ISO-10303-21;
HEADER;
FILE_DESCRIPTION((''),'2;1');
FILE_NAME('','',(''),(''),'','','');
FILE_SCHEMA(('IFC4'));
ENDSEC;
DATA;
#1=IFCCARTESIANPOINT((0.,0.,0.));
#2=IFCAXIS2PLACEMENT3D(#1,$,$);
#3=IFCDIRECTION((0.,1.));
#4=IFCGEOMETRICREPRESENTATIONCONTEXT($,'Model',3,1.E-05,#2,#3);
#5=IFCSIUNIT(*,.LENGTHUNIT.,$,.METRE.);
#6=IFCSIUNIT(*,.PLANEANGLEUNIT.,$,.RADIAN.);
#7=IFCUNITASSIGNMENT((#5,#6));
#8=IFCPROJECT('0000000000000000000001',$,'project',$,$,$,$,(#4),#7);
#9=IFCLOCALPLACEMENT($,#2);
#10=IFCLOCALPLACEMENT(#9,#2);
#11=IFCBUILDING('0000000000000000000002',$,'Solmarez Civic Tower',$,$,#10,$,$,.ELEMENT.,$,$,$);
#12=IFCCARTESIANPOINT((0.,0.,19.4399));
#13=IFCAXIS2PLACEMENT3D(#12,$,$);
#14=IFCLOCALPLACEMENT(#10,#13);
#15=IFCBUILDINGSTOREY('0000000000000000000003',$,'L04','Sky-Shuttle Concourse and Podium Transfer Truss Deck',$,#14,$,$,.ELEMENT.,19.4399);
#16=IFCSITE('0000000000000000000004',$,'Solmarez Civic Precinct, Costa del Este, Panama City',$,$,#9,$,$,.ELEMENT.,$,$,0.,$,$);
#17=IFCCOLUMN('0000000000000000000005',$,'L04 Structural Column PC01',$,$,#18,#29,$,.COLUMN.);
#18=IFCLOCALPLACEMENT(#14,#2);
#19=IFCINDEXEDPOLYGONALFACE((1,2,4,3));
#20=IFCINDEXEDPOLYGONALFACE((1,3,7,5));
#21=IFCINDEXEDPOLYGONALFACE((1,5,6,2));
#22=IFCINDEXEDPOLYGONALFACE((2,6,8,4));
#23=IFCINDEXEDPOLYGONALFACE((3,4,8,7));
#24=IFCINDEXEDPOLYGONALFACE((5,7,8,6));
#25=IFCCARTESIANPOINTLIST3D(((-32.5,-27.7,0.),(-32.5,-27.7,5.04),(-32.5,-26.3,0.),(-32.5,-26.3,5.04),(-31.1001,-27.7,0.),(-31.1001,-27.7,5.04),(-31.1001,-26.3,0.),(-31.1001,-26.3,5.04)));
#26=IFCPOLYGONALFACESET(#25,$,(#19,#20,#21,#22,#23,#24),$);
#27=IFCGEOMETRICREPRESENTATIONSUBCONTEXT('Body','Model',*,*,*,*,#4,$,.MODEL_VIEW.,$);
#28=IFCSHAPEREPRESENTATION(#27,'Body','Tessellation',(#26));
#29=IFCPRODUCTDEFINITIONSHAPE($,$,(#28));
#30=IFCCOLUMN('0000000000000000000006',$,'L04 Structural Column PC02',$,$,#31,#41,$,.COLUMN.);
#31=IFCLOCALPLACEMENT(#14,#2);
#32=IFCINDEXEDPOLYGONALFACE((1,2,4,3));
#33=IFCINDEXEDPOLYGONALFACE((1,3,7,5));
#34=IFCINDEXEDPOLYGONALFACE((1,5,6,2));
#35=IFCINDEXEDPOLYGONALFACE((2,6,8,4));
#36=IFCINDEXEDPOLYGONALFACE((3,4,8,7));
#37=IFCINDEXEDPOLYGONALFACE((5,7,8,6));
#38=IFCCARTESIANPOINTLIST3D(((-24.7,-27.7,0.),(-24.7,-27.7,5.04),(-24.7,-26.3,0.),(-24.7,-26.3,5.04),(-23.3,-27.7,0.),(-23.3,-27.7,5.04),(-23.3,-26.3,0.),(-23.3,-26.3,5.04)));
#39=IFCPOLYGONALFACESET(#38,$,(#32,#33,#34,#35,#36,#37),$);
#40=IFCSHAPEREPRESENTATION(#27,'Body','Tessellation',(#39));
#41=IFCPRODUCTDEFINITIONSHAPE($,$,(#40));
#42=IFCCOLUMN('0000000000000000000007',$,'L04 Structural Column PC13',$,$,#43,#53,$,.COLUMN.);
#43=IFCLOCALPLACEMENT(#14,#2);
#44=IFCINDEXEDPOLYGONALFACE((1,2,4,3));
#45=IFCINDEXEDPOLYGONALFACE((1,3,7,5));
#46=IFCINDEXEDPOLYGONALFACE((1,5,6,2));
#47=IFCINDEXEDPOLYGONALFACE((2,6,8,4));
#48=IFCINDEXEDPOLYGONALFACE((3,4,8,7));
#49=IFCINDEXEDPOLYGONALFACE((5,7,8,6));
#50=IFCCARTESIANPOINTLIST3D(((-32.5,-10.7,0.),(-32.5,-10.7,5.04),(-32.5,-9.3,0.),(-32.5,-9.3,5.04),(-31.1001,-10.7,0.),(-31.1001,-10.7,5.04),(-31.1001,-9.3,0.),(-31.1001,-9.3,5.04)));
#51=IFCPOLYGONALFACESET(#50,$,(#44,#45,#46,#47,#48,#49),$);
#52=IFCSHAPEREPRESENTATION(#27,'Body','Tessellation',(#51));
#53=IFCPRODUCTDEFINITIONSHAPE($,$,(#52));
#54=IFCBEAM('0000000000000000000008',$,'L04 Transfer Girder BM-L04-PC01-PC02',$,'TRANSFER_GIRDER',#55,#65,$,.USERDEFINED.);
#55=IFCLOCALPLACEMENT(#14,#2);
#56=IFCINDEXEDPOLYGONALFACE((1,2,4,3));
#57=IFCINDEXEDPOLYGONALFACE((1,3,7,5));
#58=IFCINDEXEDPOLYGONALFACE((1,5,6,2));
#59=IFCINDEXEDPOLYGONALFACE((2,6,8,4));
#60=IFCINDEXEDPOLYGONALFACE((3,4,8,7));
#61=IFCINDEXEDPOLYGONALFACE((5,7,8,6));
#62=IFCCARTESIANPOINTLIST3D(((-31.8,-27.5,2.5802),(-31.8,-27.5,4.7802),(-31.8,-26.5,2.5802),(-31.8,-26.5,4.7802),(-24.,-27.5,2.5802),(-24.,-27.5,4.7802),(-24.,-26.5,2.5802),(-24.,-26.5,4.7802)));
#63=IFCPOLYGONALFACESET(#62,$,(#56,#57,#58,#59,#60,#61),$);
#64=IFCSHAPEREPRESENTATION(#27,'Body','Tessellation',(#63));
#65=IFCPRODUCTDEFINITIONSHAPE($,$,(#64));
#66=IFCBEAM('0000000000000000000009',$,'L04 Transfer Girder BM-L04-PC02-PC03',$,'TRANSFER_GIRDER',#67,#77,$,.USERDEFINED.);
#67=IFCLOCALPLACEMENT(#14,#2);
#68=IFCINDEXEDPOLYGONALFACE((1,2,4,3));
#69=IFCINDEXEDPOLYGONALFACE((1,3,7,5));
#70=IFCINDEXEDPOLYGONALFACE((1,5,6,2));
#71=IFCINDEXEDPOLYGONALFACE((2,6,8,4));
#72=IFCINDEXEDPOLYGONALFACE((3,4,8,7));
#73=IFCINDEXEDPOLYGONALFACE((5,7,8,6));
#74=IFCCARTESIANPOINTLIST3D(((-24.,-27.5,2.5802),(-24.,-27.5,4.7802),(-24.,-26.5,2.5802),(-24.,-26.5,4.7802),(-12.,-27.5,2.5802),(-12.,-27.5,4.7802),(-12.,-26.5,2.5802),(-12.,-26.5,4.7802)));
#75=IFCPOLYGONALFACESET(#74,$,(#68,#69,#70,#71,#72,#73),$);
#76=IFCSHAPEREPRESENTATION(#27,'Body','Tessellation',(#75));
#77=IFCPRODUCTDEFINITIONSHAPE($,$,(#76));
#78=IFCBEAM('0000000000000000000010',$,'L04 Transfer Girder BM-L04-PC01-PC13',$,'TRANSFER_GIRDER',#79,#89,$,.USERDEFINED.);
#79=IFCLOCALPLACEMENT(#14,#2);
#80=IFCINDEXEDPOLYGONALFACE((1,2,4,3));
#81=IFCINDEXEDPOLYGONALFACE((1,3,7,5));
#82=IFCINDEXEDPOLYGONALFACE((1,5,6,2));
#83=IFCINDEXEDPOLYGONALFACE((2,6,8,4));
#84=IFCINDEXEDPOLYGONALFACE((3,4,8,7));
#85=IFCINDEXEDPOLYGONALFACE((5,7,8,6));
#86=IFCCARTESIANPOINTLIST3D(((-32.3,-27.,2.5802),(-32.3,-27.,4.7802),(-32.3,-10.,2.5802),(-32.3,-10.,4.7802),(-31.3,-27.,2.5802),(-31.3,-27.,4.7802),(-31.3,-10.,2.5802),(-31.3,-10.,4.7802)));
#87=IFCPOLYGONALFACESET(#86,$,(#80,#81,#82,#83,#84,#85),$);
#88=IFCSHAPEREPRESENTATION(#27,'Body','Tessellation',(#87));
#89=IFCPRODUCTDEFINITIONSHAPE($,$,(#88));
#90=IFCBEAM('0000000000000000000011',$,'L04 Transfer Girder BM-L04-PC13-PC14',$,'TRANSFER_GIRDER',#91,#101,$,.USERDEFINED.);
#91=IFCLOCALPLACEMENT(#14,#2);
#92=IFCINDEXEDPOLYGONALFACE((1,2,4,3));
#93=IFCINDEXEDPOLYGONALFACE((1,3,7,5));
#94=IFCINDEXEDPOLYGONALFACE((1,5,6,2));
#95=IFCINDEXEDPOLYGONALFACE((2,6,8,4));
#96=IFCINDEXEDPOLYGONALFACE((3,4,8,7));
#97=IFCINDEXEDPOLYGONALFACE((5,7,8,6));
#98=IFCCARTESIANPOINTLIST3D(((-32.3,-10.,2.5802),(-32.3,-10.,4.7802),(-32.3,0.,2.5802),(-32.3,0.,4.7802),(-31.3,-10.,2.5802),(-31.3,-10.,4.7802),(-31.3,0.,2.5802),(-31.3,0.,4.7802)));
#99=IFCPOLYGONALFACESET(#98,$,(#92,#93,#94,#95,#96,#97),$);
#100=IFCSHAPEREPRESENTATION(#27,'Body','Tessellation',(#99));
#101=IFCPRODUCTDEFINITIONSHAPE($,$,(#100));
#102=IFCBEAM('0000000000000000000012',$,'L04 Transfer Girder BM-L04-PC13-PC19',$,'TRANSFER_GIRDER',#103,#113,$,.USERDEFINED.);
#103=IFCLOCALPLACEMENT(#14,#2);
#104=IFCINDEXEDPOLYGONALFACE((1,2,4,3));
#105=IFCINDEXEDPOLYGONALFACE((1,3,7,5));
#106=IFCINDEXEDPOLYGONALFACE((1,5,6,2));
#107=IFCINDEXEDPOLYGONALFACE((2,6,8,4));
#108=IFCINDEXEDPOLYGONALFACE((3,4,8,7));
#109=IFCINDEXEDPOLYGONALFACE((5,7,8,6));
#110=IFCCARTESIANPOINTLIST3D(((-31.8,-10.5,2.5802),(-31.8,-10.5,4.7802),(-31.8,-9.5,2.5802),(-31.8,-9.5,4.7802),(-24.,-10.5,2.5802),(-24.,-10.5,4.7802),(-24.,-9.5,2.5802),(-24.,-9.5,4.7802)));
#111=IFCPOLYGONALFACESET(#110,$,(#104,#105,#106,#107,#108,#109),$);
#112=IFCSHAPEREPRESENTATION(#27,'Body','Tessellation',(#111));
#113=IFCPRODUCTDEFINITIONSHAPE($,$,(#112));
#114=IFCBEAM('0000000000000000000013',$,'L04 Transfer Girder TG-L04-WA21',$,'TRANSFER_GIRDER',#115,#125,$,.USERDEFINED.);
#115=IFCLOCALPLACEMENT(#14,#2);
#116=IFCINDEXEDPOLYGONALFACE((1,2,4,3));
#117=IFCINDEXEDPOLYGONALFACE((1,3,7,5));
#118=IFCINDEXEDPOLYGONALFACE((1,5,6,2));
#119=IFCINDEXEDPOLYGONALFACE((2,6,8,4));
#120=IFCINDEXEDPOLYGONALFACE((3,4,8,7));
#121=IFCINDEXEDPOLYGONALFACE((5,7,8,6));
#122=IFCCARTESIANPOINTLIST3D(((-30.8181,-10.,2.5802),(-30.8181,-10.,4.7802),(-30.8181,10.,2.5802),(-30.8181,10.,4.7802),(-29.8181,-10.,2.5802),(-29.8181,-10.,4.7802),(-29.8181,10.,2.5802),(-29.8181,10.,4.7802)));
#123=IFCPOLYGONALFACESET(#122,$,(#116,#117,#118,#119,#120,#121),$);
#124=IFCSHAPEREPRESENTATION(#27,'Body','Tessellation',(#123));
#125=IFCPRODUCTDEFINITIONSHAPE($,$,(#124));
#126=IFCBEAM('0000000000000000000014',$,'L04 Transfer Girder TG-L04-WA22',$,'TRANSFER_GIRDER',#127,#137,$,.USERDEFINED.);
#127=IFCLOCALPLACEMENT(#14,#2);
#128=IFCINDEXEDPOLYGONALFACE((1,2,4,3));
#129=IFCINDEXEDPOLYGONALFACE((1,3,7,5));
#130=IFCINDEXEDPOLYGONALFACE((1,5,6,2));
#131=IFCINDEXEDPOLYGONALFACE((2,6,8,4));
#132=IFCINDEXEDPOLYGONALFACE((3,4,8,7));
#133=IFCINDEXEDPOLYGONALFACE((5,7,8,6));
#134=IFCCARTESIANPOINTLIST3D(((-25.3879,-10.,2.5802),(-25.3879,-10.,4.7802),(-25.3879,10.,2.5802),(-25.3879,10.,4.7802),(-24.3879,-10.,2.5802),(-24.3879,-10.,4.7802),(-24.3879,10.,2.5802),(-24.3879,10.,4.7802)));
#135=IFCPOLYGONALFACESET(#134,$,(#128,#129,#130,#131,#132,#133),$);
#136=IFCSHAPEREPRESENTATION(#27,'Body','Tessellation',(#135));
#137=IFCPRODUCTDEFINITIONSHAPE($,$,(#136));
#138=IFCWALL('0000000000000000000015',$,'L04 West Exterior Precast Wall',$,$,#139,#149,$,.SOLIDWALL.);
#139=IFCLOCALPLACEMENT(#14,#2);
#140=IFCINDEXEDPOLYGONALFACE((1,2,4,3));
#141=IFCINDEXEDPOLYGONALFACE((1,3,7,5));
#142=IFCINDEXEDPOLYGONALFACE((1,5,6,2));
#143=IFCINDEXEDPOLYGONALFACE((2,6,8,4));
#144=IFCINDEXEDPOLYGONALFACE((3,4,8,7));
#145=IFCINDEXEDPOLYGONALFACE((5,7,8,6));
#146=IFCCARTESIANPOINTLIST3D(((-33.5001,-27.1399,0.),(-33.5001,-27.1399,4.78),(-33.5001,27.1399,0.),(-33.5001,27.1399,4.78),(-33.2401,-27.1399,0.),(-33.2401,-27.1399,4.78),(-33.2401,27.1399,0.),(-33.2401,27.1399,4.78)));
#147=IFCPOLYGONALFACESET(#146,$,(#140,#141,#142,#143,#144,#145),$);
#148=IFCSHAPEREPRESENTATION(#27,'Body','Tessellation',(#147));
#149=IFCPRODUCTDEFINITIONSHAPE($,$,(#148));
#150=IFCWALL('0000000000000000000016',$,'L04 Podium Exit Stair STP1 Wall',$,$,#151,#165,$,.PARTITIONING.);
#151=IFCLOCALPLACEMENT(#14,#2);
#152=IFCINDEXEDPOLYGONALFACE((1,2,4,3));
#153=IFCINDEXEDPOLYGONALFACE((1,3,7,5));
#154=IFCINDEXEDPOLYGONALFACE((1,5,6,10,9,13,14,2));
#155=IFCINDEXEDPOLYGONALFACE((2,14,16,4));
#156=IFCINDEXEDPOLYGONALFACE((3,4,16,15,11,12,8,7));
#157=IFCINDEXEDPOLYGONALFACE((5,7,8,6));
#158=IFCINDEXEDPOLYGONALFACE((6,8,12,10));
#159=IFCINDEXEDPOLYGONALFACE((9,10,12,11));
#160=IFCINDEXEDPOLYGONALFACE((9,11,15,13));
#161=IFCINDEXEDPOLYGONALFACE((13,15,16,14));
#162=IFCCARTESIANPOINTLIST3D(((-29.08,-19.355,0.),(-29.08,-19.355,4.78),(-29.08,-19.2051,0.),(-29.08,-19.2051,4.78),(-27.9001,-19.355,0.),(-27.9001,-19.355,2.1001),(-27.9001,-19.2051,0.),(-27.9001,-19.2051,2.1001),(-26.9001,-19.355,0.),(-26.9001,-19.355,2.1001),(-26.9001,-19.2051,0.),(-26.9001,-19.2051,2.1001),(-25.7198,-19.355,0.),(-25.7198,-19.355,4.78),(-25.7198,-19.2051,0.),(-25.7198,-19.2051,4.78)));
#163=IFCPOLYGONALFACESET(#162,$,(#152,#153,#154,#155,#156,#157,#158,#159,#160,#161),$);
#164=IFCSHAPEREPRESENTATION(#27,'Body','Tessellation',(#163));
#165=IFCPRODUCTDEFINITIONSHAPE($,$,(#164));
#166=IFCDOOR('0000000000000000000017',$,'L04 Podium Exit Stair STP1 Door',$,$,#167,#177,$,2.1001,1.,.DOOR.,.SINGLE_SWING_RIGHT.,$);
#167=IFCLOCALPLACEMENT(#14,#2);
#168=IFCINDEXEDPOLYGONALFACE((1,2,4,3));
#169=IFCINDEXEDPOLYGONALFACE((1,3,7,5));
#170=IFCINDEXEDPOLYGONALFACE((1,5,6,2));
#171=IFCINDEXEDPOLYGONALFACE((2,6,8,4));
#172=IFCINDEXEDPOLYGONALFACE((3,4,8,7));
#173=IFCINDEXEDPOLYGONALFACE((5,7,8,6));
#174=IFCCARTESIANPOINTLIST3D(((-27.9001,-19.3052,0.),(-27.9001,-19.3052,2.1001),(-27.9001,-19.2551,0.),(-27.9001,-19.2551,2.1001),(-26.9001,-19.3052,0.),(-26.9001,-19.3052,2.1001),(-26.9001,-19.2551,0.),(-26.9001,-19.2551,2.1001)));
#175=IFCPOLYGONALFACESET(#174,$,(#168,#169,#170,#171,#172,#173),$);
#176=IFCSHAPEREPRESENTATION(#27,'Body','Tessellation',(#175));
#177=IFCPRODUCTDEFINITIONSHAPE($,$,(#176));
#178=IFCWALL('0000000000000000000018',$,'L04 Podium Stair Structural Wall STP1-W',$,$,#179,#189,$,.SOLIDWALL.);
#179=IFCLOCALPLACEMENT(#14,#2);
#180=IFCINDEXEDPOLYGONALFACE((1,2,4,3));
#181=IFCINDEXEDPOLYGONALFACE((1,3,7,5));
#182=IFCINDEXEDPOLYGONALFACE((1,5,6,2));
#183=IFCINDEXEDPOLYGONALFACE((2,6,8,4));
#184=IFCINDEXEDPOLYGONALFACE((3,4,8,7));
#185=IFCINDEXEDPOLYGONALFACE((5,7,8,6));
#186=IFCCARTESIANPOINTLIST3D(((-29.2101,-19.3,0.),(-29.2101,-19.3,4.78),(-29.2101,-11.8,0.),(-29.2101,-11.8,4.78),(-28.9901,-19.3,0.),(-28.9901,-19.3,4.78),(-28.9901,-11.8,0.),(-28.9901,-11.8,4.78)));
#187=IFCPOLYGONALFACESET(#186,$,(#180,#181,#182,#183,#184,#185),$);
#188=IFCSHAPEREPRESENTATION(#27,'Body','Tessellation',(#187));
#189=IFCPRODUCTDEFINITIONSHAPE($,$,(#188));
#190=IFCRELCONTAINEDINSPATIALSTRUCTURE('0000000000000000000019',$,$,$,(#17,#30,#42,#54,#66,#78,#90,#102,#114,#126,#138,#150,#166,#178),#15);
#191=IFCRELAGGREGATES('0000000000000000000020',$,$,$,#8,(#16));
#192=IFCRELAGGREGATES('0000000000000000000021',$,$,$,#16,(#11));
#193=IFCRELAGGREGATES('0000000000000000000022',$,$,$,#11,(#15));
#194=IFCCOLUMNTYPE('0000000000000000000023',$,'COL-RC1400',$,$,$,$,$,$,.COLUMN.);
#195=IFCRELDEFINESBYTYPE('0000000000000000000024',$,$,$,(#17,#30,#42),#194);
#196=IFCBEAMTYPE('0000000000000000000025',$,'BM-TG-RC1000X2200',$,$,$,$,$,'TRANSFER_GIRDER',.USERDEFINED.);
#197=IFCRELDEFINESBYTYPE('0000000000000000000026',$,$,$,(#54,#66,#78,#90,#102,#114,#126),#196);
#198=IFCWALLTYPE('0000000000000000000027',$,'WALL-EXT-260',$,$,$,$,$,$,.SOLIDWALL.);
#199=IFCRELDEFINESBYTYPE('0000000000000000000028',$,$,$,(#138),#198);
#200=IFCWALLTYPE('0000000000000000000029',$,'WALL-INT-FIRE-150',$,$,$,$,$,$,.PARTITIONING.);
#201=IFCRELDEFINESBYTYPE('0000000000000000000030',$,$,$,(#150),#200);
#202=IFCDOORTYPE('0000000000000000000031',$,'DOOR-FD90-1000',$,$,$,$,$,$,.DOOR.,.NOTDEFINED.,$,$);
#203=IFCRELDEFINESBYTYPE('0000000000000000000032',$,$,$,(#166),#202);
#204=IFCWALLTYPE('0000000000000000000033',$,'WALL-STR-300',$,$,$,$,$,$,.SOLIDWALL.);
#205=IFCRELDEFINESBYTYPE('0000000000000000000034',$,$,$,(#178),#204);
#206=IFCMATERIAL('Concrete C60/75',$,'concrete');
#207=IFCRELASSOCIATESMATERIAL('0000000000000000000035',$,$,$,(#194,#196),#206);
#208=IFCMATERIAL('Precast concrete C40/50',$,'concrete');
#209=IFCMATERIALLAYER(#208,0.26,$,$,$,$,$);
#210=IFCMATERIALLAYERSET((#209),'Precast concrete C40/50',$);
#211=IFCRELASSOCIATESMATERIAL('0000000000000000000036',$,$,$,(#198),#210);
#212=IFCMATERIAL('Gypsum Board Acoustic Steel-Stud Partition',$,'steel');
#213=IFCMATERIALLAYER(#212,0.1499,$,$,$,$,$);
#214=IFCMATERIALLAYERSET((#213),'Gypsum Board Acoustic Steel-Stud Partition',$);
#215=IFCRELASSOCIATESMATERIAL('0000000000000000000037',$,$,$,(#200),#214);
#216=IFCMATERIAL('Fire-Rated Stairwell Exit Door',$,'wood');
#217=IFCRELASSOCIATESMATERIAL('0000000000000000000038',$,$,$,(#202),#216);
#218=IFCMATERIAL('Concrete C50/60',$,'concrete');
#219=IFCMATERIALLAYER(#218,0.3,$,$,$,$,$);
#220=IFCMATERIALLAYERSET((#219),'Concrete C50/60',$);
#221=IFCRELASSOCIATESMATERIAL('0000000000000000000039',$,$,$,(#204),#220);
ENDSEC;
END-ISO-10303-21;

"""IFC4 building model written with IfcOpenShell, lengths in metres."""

from ifc_helpers import new_model, si_unit, direction, frame, frame_2d, origin, origin_2d, place, context, subcontext, project, spatial, rectangle, extrude, material, layer, layer_set, material_profile, profile_set, type_object, element, fill, save


model = new_model("IFC4")

# Units and contexts
model_context = context("Model", 3, precision=1e-05, world=origin(), true_north=direction((0.0, 1.0)))
body_context = subcontext(model_context, "Body", "Model", "MODEL_VIEW")
ifc_project = project(units=[si_unit("LENGTHUNIT", "METRE"), si_unit("PLANEANGLEUNIT", "RADIAN")], contexts=[model_context])

# Site, building, storey
site_placement = place(None, origin())
site = spatial("IfcSite", under=ifc_project, at=site_placement, Name="Solmarez Civic Precinct, Costa del Este, Panama City", CompositionType="ELEMENT", RefElevation=0.0)
building_placement = place(site_placement, origin())
building = spatial("IfcBuilding", under=site, at=building_placement, Name="Solmarez Civic Tower", CompositionType="ELEMENT")
storey_placement = place(building_placement, frame((0.0, 0.0, 19.4399)))
storey = spatial("IfcBuildingStorey", under=building, at=storey_placement, Name="L04", Description="Sky-Shuttle Concourse and Podium Transfer Truss Deck", CompositionType="ELEMENT", Elevation=19.4399)

# Columns
ifc_material_1 = material(Name="Concrete C60/75", Category="concrete")
ifc_material_profile_1 = material_profile(ifc_material_1, rectangle(XDim=1.3999, YDim=1.3999, at=origin_2d()), Name="RC1400X1400")
ifc_profile_set_1 = profile_set([ifc_material_profile_1], Name="Concrete C60/75")
column_type = type_object("IfcColumnType", Name="COL-RC1400", PredefinedType="COLUMN", material=ifc_profile_set_1)
for number, where, z_axis, x_axis, name in (
    (1, (-31.8, -27.0, 0.0), (0.0, 0.0, 1.0), (1.0, 0.0, 0.0), "L04 Structural Column PC01"),
    (2, (-24.0, -27.0, 0.0), (0.0, 0.0, 1.0), (1.0, 0.0, 0.0), "L04 Structural Column PC02"),
    (3, (-31.8, -10.0, 0.0), (0.0, 0.0, 1.0), (1.0, 0.0, 0.0), "L04 Structural Column PC13"),
):
    element("IfcColumn", number, at=place(storey_placement, frame(where, z_axis=z_axis, x_axis=x_axis)), inside=storey, type_object=column_type, Name=name, PredefinedType="COLUMN", context=body_context, shape_type="SweptSolid", body=[
        extrude(rectangle(XDim=1.3999, YDim=1.3999, at=origin_2d()), origin(), (0.0, 0.0, 1.0), 5.04),
    ])

# Beams
ifc_material_profile_2 = material_profile(ifc_material_1, rectangle(XDim=1.0, YDim=2.2, at=origin_2d()), Name="RC1000X2200")
ifc_profile_set_2 = profile_set([ifc_material_profile_2], Name="Concrete C60/75")
beam_type = type_object("IfcBeamType", Name="BM-TG-RC1000X2200", ElementType="TRANSFER_GIRDER", PredefinedType="USERDEFINED", material=ifc_profile_set_2)
beam_1_placement = place(storey_placement, frame((-31.8, -27.0, 3.6802), z_axis=(1.0, 0.0, 0.0), x_axis=(0.0, 1.0, 0.0)))
element("IfcBeam", 4, at=beam_1_placement, inside=storey, type_object=beam_type, Name="L04 Transfer Girder BM-L04-PC01-PC02", ObjectType="TRANSFER_GIRDER", PredefinedType="USERDEFINED", context=body_context, shape_type="SweptSolid", body=[
    extrude(rectangle(XDim=1.0, YDim=2.2, at=origin_2d()), origin(), (0.0, 0.0, 1.0), 7.8),
])
beam_2_placement = place(storey_placement, frame((-24.0, -27.0, 3.6802), z_axis=(1.0, 0.0, 0.0), x_axis=(0.0, 1.0, 0.0)))
element("IfcBeam", 5, at=beam_2_placement, inside=storey, type_object=beam_type, Name="L04 Transfer Girder BM-L04-PC02-PC03", ObjectType="TRANSFER_GIRDER", PredefinedType="USERDEFINED", context=body_context, shape_type="SweptSolid", body=[
    extrude(rectangle(XDim=1.0, YDim=2.2, at=origin_2d()), origin(), (0.0, 0.0, 1.0), 12.0),
])
beam_3_placement = place(storey_placement, frame((-31.8, -27.0, 3.6802), z_axis=(0.0, 1.0, 0.0), x_axis=(-1.0, 0.0, 0.0)))
element("IfcBeam", 6, at=beam_3_placement, inside=storey, type_object=beam_type, Name="L04 Transfer Girder BM-L04-PC01-PC13", ObjectType="TRANSFER_GIRDER", PredefinedType="USERDEFINED", context=body_context, shape_type="SweptSolid", body=[
    extrude(rectangle(XDim=1.0, YDim=2.2, at=origin_2d()), origin(), (0.0, 0.0, 1.0), 17.0),
])
beam_4_placement = place(storey_placement, frame((-31.8, -10.0, 3.6802), z_axis=(0.0, 1.0, 0.0), x_axis=(-1.0, 0.0, 0.0)))
element("IfcBeam", 7, at=beam_4_placement, inside=storey, type_object=beam_type, Name="L04 Transfer Girder BM-L04-PC13-PC14", ObjectType="TRANSFER_GIRDER", PredefinedType="USERDEFINED", context=body_context, shape_type="SweptSolid", body=[
    extrude(rectangle(XDim=1.0, YDim=2.2, at=origin_2d()), origin(), (0.0, 0.0, 1.0), 10.0),
])
beam_5_placement = place(storey_placement, frame((-31.8, -10.0, 3.6802), z_axis=(1.0, 0.0, 0.0), x_axis=(0.0, 1.0, 0.0)))
element("IfcBeam", 8, at=beam_5_placement, inside=storey, type_object=beam_type, Name="L04 Transfer Girder BM-L04-PC13-PC19", ObjectType="TRANSFER_GIRDER", PredefinedType="USERDEFINED", context=body_context, shape_type="SweptSolid", body=[
    extrude(rectangle(XDim=1.0, YDim=2.2, at=origin_2d()), origin(), (0.0, 0.0, 1.0), 7.8),
])
for number, where, z_axis, x_axis, name in (
    (9, (-30.3181, -10.0, 3.6802), (0.0, 1.0, 0.0), (-1.0, 0.0, 0.0), "L04 Transfer Girder TG-L04-WA21"),
    (10, (-24.8879, -10.0, 3.6802), (0.0, 1.0, 0.0), (-1.0, 0.0, 0.0), "L04 Transfer Girder TG-L04-WA22"),
):
    element("IfcBeam", number, at=place(storey_placement, frame(where, z_axis=z_axis, x_axis=x_axis)), inside=storey, type_object=beam_type, Name=name, ObjectType="TRANSFER_GIRDER", PredefinedType="USERDEFINED", context=body_context, shape_type="SweptSolid", body=[
        extrude(rectangle(XDim=1.0, YDim=2.2, at=origin_2d()), origin(), (0.0, 0.0, 1.0), 20.0),
    ])

# Wall
ifc_material_2 = material(Name="Precast concrete C40/50", Category="concrete")
ifc_layer_1 = layer(ifc_material_2, 0.26)
ifc_layer_set_1 = layer_set([ifc_layer_1], Name="Precast concrete C40/50")
wall_type_1 = type_object("IfcWallType", Name="WALL-EXT-260", PredefinedType="SOLIDWALL", material=ifc_layer_set_1)
wall_1_placement = place(storey_placement, frame((-33.3701, -27.1399, 0.0), z_axis=(0.0, 0.0, 1.0), x_axis=(0.0, 1.0, 0.0)))
element("IfcWall", 11, at=wall_1_placement, inside=storey, type_object=wall_type_1, Name="L04 West Exterior Precast Wall", PredefinedType="SOLIDWALL", context=body_context, shape_type="SweptSolid", body=[
    extrude(rectangle(XDim=54.2798, YDim=0.26, at=frame_2d((27.1399, 0.0))), origin(), (0.0, 0.0, 1.0), 4.78),
])

# Wall, opening, door
ifc_material_3 = material(Name="Gypsum Board Acoustic Steel-Stud Partition", Category="steel")
ifc_layer_2 = layer(ifc_material_3, 0.1499)
ifc_layer_set_2 = layer_set([ifc_layer_2], Name="Gypsum Board Acoustic Steel-Stud Partition")
wall_type_2 = type_object("IfcWallType", Name="WALL-INT-FIRE-150", PredefinedType="PARTITIONING", material=ifc_layer_set_2)
wall_2_placement = place(storey_placement, frame((-29.0801, -19.28, 0.0), z_axis=(0.0, 0.0, 1.0), x_axis=(1.0, 0.0, 0.0)))
wall_2 = element("IfcWall", 12, at=wall_2_placement, inside=storey, type_object=wall_type_2, Name="L04 Podium Exit Stair STP1 Wall", PredefinedType="PARTITIONING", context=body_context, shape_type="SweptSolid", body=[
    extrude(rectangle(XDim=3.3601, YDim=0.1499, at=frame_2d((1.6802, 0.0))), origin(), (0.0, 0.0, 1.0), 4.78),
])
opening_placement = place(wall_2_placement, frame((1.1799, 0.0, 0.0)))
opening = element("IfcOpeningElement", 13, at=opening_placement, cuts=wall_2, PredefinedType="OPENING", context=body_context, shape_type="SweptSolid", body=[
    extrude(rectangle(XDim=1.0, YDim=2.1001, at=frame_2d((0.5, 1.05))), frame((0.0, 0.085, 0.0), z_axis=(0.0, -1.0, 0.0), x_axis=(1.0, 0.0, 0.0)), (0.0, 0.0, 1.0), 0.1699),
])
ifc_material_4 = material(Name="Fire-Rated Stairwell Exit Door", Category="wood")
door_type = type_object("IfcDoorType", Name="DOOR-FD90-1000", OperationType="NOTDEFINED", PredefinedType="DOOR", material=ifc_material_4)
door_placement = place(opening_placement, origin())
door = element("IfcDoor", 14, at=door_placement, inside=storey, type_object=door_type, Name="L04 Podium Exit Stair STP1 Door", OperationType="SINGLE_SWING_RIGHT", OverallHeight=2.1001, OverallWidth=1.0, PredefinedType="DOOR", context=body_context, shape_type="SweptSolid", body=[
    extrude(rectangle(XDim=1.0, YDim=2.1001, at=frame_2d((0.5, 1.05))), frame((0.0, 0.0249, 0.0), z_axis=(0.0, -1.0, 0.0), x_axis=(1.0, 0.0, 0.0)), (0.0, 0.0, 1.0), 0.05),
])
fill(opening, door)

# Wall
ifc_material_5 = material(Name="Concrete C50/60", Category="concrete")
ifc_layer_3 = layer(ifc_material_5, 0.3)
ifc_layer_set_3 = layer_set([ifc_layer_3], Name="Concrete C50/60")
wall_type_3 = type_object("IfcWallType", Name="WALL-STR-300", PredefinedType="SOLIDWALL", material=ifc_layer_set_3)
for number, where, z_axis, x_axis, name in (
    (15, (-29.1001, -19.3, 0.0), (0.0, 0.0, 1.0), (0.0, 1.0, 0.0), "L04 Podium Stair Structural Wall STP1-W"),
):
    element("IfcWall", number, at=place(storey_placement, frame(where, z_axis=z_axis, x_axis=x_axis)), inside=storey, type_object=wall_type_3, Name=name, PredefinedType="SOLIDWALL", context=body_context, shape_type="SweptSolid", body=[
        extrude(rectangle(XDim=7.5, YDim=0.22, at=frame_2d((3.75, 0.0))), origin(), (0.0, 0.0, 1.0), 4.78),
    ])

save(model, "model.ifc")
